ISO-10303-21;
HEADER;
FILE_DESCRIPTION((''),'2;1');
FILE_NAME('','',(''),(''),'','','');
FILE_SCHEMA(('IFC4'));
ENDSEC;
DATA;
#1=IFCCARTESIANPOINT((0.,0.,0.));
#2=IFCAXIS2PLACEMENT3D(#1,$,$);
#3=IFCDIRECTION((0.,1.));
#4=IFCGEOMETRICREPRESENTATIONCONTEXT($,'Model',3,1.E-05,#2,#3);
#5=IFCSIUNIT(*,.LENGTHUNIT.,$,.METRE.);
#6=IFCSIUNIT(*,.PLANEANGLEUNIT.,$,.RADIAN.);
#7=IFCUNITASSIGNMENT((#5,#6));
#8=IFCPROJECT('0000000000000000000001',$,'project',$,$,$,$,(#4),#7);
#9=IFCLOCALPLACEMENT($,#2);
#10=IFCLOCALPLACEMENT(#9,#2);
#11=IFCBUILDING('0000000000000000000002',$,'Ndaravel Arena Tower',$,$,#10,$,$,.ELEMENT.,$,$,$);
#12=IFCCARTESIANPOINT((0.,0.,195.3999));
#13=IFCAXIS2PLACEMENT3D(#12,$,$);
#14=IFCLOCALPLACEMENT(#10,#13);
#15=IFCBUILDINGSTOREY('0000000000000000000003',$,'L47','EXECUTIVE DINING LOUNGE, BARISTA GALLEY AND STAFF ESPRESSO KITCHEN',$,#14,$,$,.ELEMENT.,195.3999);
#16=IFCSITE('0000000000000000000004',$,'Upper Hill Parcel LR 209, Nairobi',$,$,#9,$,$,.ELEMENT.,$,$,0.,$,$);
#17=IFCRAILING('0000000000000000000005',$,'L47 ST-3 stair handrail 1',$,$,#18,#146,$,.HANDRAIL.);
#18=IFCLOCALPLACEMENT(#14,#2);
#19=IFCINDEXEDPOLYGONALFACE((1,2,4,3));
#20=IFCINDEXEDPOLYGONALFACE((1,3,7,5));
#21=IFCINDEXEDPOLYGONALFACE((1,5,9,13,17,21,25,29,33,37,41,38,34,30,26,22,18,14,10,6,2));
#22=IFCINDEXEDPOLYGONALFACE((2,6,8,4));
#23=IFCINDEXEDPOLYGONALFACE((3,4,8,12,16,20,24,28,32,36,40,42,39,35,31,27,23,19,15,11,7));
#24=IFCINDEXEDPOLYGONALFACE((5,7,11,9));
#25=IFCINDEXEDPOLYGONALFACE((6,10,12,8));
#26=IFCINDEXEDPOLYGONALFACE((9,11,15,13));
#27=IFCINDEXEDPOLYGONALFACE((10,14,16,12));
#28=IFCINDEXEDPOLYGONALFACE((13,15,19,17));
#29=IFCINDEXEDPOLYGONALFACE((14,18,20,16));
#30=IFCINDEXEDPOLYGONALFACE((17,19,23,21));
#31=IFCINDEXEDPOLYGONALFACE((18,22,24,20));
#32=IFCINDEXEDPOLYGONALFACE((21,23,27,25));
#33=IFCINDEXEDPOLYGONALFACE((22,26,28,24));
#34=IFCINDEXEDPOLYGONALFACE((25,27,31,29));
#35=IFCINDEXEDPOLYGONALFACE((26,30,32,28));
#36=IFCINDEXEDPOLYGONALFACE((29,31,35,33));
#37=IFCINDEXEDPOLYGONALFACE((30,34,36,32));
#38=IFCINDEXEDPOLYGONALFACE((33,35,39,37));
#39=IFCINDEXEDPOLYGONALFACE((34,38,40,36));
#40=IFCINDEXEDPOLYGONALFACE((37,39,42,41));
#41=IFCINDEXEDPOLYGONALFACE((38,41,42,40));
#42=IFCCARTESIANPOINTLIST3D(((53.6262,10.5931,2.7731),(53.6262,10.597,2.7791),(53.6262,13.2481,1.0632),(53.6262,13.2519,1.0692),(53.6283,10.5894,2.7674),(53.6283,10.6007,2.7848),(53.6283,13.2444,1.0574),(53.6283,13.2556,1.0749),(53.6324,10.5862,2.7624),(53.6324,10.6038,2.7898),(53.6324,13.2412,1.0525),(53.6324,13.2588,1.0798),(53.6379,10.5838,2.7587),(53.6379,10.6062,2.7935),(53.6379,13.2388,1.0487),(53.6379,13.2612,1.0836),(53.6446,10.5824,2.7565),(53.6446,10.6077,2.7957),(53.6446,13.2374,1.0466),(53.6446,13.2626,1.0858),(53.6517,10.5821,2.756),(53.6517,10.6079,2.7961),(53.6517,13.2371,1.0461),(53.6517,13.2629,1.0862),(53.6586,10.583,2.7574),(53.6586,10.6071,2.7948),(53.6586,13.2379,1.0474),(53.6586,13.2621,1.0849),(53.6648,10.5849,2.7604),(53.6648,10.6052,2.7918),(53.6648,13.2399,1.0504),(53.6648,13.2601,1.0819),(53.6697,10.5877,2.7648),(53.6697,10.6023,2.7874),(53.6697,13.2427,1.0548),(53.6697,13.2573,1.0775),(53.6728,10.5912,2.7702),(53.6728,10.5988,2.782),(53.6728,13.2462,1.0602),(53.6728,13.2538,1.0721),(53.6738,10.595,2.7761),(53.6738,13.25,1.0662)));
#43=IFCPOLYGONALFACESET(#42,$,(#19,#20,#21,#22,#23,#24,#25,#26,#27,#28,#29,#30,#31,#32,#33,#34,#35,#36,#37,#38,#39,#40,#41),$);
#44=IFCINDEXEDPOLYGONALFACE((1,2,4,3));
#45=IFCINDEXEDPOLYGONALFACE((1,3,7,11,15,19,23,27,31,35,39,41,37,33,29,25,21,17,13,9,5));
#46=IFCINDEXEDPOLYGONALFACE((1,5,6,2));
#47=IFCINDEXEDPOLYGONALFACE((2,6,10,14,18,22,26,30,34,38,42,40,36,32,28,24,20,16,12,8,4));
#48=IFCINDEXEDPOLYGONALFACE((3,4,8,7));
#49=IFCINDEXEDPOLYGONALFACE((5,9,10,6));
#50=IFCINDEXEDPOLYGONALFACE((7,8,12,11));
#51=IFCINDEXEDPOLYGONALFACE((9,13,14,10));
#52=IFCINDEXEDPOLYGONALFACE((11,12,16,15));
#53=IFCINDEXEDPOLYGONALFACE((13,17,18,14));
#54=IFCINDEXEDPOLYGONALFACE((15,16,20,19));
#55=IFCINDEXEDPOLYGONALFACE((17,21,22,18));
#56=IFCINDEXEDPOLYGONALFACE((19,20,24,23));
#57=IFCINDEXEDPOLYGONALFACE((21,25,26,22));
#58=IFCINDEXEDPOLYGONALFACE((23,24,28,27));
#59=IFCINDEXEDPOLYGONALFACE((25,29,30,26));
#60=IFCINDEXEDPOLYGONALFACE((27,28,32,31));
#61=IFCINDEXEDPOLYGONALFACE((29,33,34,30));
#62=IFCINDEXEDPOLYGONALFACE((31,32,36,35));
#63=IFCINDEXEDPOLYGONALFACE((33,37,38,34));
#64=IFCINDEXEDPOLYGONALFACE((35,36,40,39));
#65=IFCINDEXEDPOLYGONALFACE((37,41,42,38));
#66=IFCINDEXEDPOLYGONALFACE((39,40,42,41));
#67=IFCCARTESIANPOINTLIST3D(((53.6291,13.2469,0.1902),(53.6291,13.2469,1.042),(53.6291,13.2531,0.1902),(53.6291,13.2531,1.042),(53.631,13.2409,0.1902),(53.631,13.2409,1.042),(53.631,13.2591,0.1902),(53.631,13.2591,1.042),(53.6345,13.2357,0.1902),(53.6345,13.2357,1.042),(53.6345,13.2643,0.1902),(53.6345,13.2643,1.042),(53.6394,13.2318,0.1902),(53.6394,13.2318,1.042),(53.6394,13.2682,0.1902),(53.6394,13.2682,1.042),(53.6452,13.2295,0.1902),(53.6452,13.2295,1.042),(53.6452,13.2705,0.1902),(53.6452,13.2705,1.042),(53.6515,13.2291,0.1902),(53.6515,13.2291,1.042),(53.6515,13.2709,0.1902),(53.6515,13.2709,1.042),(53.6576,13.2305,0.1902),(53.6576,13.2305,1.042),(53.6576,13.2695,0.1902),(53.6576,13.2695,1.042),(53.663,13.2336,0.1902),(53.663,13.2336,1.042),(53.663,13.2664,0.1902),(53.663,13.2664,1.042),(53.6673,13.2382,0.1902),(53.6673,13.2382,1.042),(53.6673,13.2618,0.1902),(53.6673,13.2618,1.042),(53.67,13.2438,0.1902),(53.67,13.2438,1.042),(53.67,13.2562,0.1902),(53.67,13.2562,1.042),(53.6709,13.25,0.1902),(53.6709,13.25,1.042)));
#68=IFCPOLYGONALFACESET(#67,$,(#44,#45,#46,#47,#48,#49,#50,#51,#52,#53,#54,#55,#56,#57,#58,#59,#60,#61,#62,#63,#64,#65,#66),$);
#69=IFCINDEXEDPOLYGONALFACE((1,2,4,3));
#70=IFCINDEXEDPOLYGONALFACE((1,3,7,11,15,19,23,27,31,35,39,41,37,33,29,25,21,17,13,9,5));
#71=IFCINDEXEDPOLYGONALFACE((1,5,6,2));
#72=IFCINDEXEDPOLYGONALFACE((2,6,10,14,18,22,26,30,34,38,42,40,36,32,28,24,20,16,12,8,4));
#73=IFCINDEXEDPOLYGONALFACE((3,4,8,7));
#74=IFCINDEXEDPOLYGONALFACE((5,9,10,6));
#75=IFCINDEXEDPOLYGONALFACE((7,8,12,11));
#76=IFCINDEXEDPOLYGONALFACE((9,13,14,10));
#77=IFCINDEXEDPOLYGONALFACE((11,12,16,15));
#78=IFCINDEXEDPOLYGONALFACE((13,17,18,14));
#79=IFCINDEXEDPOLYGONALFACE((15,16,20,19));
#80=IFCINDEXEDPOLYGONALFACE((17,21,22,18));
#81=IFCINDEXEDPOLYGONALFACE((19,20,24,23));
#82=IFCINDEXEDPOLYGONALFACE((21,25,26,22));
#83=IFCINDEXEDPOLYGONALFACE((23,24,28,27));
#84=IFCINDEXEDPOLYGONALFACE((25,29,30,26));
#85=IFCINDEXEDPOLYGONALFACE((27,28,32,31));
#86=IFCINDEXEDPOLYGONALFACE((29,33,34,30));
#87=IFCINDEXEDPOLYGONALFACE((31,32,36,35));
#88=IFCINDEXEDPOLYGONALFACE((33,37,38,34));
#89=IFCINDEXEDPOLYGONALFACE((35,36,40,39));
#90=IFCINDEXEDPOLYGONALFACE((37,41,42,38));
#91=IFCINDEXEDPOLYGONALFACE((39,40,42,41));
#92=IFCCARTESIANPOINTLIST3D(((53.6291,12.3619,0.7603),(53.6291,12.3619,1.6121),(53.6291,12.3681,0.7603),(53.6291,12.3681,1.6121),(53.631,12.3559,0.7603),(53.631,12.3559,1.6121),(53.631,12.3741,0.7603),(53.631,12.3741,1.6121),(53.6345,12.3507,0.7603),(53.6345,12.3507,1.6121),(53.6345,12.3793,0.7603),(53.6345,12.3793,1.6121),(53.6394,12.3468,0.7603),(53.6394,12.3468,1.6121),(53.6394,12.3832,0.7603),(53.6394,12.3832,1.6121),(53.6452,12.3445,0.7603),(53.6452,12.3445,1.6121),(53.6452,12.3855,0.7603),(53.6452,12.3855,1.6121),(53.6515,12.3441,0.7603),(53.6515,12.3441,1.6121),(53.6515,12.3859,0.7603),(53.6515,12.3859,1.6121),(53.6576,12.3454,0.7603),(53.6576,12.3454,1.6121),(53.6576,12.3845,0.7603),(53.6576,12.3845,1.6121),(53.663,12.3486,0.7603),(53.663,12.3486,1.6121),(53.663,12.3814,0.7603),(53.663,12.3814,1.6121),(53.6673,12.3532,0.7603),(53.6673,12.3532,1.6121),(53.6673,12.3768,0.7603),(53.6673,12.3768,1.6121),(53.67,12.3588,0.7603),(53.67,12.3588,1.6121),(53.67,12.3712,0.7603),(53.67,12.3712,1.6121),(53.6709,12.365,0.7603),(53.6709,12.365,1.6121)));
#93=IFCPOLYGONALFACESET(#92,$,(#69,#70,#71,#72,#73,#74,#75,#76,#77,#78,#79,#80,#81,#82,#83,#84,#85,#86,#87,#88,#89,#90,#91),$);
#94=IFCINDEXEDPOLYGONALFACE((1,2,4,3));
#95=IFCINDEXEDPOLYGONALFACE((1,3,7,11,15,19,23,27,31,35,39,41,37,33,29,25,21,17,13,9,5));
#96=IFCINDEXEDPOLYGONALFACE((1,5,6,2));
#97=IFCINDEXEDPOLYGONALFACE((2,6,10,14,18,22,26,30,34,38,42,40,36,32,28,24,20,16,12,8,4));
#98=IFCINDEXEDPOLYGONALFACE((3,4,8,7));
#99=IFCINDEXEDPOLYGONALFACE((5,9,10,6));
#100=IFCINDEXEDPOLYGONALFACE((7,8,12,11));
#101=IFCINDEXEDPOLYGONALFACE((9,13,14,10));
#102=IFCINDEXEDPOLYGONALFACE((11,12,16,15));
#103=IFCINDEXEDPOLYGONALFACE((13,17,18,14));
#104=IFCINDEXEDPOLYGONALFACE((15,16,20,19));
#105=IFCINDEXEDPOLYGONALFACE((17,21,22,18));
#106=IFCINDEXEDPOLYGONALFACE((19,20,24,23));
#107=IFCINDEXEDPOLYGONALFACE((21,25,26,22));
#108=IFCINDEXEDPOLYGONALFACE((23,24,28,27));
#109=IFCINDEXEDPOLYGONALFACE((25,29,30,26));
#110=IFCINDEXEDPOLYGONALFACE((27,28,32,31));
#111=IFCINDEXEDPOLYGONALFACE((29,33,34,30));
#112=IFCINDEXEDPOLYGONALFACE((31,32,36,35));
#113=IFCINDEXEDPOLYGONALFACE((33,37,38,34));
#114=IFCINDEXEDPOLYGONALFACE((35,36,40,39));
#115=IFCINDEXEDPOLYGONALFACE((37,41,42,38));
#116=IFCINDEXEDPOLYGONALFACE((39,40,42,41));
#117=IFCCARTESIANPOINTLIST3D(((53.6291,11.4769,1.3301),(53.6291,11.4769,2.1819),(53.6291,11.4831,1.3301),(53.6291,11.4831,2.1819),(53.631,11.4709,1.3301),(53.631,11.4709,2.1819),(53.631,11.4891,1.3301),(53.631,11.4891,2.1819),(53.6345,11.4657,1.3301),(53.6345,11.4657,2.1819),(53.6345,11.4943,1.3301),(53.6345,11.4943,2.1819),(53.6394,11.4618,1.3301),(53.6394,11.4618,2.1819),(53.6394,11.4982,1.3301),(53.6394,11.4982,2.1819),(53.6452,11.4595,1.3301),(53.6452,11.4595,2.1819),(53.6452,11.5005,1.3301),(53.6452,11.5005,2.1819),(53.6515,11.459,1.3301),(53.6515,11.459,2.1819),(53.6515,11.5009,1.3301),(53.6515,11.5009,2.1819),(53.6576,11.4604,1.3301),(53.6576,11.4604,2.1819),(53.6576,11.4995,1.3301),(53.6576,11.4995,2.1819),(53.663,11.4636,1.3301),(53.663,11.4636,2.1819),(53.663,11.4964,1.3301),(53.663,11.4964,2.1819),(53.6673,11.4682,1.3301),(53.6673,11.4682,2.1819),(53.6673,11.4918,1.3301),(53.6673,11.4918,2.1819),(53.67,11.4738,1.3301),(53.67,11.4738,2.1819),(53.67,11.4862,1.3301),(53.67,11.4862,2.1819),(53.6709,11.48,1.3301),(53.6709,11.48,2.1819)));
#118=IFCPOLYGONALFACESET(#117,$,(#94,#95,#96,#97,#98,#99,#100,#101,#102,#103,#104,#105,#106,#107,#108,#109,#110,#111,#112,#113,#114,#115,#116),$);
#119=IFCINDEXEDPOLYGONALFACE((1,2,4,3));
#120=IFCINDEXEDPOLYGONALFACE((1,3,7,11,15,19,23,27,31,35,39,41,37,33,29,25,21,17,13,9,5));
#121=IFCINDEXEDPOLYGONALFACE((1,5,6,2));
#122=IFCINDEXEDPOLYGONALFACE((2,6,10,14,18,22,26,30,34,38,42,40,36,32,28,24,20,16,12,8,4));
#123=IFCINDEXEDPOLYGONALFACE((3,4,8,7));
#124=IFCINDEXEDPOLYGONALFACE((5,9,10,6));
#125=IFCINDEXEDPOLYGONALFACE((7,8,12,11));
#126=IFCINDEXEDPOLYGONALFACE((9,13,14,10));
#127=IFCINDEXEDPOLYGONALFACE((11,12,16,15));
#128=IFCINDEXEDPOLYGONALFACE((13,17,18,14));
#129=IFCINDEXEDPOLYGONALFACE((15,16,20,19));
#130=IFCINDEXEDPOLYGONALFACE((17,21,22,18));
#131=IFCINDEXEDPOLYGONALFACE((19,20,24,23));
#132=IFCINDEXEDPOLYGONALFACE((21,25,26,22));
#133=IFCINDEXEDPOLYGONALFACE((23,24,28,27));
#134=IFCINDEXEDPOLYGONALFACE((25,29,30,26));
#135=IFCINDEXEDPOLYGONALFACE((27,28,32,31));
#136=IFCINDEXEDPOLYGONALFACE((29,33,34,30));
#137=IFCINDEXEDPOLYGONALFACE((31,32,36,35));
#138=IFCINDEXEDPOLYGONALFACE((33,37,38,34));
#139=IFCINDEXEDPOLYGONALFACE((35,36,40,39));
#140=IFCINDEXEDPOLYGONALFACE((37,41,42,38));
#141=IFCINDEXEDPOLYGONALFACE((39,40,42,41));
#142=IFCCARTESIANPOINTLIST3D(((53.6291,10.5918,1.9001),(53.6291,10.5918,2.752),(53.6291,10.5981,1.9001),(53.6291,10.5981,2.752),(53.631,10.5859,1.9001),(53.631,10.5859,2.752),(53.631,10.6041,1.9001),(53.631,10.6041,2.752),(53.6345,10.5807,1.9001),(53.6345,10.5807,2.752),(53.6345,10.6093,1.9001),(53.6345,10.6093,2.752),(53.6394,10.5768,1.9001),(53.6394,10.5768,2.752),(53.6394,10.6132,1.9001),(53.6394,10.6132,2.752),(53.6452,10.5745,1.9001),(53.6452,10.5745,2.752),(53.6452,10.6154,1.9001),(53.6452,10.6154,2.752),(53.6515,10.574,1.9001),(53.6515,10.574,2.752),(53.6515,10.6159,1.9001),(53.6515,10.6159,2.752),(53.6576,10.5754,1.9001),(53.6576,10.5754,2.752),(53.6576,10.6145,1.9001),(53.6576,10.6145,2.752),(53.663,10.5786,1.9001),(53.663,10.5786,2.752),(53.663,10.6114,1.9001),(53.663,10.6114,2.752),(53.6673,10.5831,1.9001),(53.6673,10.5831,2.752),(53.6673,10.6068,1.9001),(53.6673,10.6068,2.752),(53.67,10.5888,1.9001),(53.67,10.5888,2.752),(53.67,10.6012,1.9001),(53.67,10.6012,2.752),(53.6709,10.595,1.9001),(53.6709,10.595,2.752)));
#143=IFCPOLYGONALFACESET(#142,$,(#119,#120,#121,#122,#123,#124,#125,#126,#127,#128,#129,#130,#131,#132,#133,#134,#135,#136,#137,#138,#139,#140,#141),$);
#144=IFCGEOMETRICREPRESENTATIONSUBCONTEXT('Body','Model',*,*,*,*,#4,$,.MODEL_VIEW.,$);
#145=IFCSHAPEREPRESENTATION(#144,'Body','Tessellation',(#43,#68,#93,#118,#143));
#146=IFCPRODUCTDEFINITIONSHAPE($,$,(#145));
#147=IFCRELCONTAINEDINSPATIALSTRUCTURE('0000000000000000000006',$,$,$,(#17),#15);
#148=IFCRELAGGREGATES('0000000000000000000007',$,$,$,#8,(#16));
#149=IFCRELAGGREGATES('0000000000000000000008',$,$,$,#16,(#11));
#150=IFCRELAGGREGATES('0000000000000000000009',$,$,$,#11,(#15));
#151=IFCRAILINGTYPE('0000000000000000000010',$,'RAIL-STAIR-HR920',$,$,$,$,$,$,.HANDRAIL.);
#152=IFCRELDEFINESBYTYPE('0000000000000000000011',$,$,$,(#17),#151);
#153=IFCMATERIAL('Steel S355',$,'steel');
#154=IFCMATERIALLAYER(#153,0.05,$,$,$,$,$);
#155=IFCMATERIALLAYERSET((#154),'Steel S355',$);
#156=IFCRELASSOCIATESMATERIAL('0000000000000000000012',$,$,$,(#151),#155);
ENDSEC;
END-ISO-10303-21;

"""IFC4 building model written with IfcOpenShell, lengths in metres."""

from ifc_helpers import new_model, si_unit, direction, frame, origin, origin_2d, place, context, subcontext, project, spatial, circle, extrude, material, layer, layer_set, type_object, element, save


model = new_model("IFC4")

# Units and contexts
model_context = context("Model", 3, precision=1e-05, world=origin(), true_north=direction((0.0, 1.0)))
body_context = subcontext(model_context, "Body", "Model", "MODEL_VIEW")
ifc_project = project(units=[si_unit("LENGTHUNIT", "METRE"), si_unit("PLANEANGLEUNIT", "RADIAN")], contexts=[model_context])

# Site, building, storey
site_placement = place(None, origin())
site = spatial("IfcSite", under=ifc_project, at=site_placement, Name="Upper Hill Parcel LR 209, Nairobi", CompositionType="ELEMENT", RefElevation=0.0)
building_placement = place(site_placement, origin())
building = spatial("IfcBuilding", under=site, at=building_placement, Name="Ndaravel Arena Tower", CompositionType="ELEMENT")
storey_placement = place(building_placement, frame((0.0, 0.0, 195.3999)))
storey = spatial("IfcBuildingStorey", under=building, at=storey_placement, Name="L47", Description="EXECUTIVE DINING LOUNGE, BARISTA GALLEY AND STAFF ESPRESSO KITCHEN", CompositionType="ELEMENT", Elevation=195.3999)

# Railing
ifc_material_1 = material(Name="Steel S355", Category="steel")
ifc_layer_1 = layer(ifc_material_1, 0.05)
ifc_layer_set_1 = layer_set([ifc_layer_1], Name="Steel S355")
railing_type_1 = type_object("IfcRailingType", Name="RAIL-STAIR-HR920", PredefinedType="HANDRAIL", material=ifc_layer_set_1)
railing_1_placement = place(storey_placement, frame((53.6499, 13.25, 0.1902)))
element("IfcRailing", 1, at=railing_1_placement, inside=storey, type_object=railing_type_1, Name="L47 ST-3 stair handrail 1", PredefinedType="HANDRAIL", context=body_context, shape_type="SweptSolid", body=[
    extrude(circle(Radius=0.0239, at=origin_2d()), frame((0.0, 0.0, 0.876), z_axis=(0.0, -0.840724, 0.541465), x_axis=(1.0, 0.0, 0.0)), (0.0, 0.0, 1.0), 3.158),
    extrude(circle(Radius=0.021, at=origin_2d()), origin(), (0.0, 0.0, 1.0), 0.8518),
    extrude(circle(Radius=0.021, at=origin_2d()), frame((0.0, -0.885, 0.5701)), (0.0, 0.0, 1.0), 0.8518),
    extrude(circle(Radius=0.021, at=origin_2d()), frame((0.0, -1.77, 1.1399)), (0.0, 0.0, 1.0), 0.8518),
    extrude(circle(Radius=0.021, at=origin_2d()), frame((0.0, -2.655, 1.71)), (0.0, 0.0, 1.0), 0.8518),
])

save(model, "model.ifc")
